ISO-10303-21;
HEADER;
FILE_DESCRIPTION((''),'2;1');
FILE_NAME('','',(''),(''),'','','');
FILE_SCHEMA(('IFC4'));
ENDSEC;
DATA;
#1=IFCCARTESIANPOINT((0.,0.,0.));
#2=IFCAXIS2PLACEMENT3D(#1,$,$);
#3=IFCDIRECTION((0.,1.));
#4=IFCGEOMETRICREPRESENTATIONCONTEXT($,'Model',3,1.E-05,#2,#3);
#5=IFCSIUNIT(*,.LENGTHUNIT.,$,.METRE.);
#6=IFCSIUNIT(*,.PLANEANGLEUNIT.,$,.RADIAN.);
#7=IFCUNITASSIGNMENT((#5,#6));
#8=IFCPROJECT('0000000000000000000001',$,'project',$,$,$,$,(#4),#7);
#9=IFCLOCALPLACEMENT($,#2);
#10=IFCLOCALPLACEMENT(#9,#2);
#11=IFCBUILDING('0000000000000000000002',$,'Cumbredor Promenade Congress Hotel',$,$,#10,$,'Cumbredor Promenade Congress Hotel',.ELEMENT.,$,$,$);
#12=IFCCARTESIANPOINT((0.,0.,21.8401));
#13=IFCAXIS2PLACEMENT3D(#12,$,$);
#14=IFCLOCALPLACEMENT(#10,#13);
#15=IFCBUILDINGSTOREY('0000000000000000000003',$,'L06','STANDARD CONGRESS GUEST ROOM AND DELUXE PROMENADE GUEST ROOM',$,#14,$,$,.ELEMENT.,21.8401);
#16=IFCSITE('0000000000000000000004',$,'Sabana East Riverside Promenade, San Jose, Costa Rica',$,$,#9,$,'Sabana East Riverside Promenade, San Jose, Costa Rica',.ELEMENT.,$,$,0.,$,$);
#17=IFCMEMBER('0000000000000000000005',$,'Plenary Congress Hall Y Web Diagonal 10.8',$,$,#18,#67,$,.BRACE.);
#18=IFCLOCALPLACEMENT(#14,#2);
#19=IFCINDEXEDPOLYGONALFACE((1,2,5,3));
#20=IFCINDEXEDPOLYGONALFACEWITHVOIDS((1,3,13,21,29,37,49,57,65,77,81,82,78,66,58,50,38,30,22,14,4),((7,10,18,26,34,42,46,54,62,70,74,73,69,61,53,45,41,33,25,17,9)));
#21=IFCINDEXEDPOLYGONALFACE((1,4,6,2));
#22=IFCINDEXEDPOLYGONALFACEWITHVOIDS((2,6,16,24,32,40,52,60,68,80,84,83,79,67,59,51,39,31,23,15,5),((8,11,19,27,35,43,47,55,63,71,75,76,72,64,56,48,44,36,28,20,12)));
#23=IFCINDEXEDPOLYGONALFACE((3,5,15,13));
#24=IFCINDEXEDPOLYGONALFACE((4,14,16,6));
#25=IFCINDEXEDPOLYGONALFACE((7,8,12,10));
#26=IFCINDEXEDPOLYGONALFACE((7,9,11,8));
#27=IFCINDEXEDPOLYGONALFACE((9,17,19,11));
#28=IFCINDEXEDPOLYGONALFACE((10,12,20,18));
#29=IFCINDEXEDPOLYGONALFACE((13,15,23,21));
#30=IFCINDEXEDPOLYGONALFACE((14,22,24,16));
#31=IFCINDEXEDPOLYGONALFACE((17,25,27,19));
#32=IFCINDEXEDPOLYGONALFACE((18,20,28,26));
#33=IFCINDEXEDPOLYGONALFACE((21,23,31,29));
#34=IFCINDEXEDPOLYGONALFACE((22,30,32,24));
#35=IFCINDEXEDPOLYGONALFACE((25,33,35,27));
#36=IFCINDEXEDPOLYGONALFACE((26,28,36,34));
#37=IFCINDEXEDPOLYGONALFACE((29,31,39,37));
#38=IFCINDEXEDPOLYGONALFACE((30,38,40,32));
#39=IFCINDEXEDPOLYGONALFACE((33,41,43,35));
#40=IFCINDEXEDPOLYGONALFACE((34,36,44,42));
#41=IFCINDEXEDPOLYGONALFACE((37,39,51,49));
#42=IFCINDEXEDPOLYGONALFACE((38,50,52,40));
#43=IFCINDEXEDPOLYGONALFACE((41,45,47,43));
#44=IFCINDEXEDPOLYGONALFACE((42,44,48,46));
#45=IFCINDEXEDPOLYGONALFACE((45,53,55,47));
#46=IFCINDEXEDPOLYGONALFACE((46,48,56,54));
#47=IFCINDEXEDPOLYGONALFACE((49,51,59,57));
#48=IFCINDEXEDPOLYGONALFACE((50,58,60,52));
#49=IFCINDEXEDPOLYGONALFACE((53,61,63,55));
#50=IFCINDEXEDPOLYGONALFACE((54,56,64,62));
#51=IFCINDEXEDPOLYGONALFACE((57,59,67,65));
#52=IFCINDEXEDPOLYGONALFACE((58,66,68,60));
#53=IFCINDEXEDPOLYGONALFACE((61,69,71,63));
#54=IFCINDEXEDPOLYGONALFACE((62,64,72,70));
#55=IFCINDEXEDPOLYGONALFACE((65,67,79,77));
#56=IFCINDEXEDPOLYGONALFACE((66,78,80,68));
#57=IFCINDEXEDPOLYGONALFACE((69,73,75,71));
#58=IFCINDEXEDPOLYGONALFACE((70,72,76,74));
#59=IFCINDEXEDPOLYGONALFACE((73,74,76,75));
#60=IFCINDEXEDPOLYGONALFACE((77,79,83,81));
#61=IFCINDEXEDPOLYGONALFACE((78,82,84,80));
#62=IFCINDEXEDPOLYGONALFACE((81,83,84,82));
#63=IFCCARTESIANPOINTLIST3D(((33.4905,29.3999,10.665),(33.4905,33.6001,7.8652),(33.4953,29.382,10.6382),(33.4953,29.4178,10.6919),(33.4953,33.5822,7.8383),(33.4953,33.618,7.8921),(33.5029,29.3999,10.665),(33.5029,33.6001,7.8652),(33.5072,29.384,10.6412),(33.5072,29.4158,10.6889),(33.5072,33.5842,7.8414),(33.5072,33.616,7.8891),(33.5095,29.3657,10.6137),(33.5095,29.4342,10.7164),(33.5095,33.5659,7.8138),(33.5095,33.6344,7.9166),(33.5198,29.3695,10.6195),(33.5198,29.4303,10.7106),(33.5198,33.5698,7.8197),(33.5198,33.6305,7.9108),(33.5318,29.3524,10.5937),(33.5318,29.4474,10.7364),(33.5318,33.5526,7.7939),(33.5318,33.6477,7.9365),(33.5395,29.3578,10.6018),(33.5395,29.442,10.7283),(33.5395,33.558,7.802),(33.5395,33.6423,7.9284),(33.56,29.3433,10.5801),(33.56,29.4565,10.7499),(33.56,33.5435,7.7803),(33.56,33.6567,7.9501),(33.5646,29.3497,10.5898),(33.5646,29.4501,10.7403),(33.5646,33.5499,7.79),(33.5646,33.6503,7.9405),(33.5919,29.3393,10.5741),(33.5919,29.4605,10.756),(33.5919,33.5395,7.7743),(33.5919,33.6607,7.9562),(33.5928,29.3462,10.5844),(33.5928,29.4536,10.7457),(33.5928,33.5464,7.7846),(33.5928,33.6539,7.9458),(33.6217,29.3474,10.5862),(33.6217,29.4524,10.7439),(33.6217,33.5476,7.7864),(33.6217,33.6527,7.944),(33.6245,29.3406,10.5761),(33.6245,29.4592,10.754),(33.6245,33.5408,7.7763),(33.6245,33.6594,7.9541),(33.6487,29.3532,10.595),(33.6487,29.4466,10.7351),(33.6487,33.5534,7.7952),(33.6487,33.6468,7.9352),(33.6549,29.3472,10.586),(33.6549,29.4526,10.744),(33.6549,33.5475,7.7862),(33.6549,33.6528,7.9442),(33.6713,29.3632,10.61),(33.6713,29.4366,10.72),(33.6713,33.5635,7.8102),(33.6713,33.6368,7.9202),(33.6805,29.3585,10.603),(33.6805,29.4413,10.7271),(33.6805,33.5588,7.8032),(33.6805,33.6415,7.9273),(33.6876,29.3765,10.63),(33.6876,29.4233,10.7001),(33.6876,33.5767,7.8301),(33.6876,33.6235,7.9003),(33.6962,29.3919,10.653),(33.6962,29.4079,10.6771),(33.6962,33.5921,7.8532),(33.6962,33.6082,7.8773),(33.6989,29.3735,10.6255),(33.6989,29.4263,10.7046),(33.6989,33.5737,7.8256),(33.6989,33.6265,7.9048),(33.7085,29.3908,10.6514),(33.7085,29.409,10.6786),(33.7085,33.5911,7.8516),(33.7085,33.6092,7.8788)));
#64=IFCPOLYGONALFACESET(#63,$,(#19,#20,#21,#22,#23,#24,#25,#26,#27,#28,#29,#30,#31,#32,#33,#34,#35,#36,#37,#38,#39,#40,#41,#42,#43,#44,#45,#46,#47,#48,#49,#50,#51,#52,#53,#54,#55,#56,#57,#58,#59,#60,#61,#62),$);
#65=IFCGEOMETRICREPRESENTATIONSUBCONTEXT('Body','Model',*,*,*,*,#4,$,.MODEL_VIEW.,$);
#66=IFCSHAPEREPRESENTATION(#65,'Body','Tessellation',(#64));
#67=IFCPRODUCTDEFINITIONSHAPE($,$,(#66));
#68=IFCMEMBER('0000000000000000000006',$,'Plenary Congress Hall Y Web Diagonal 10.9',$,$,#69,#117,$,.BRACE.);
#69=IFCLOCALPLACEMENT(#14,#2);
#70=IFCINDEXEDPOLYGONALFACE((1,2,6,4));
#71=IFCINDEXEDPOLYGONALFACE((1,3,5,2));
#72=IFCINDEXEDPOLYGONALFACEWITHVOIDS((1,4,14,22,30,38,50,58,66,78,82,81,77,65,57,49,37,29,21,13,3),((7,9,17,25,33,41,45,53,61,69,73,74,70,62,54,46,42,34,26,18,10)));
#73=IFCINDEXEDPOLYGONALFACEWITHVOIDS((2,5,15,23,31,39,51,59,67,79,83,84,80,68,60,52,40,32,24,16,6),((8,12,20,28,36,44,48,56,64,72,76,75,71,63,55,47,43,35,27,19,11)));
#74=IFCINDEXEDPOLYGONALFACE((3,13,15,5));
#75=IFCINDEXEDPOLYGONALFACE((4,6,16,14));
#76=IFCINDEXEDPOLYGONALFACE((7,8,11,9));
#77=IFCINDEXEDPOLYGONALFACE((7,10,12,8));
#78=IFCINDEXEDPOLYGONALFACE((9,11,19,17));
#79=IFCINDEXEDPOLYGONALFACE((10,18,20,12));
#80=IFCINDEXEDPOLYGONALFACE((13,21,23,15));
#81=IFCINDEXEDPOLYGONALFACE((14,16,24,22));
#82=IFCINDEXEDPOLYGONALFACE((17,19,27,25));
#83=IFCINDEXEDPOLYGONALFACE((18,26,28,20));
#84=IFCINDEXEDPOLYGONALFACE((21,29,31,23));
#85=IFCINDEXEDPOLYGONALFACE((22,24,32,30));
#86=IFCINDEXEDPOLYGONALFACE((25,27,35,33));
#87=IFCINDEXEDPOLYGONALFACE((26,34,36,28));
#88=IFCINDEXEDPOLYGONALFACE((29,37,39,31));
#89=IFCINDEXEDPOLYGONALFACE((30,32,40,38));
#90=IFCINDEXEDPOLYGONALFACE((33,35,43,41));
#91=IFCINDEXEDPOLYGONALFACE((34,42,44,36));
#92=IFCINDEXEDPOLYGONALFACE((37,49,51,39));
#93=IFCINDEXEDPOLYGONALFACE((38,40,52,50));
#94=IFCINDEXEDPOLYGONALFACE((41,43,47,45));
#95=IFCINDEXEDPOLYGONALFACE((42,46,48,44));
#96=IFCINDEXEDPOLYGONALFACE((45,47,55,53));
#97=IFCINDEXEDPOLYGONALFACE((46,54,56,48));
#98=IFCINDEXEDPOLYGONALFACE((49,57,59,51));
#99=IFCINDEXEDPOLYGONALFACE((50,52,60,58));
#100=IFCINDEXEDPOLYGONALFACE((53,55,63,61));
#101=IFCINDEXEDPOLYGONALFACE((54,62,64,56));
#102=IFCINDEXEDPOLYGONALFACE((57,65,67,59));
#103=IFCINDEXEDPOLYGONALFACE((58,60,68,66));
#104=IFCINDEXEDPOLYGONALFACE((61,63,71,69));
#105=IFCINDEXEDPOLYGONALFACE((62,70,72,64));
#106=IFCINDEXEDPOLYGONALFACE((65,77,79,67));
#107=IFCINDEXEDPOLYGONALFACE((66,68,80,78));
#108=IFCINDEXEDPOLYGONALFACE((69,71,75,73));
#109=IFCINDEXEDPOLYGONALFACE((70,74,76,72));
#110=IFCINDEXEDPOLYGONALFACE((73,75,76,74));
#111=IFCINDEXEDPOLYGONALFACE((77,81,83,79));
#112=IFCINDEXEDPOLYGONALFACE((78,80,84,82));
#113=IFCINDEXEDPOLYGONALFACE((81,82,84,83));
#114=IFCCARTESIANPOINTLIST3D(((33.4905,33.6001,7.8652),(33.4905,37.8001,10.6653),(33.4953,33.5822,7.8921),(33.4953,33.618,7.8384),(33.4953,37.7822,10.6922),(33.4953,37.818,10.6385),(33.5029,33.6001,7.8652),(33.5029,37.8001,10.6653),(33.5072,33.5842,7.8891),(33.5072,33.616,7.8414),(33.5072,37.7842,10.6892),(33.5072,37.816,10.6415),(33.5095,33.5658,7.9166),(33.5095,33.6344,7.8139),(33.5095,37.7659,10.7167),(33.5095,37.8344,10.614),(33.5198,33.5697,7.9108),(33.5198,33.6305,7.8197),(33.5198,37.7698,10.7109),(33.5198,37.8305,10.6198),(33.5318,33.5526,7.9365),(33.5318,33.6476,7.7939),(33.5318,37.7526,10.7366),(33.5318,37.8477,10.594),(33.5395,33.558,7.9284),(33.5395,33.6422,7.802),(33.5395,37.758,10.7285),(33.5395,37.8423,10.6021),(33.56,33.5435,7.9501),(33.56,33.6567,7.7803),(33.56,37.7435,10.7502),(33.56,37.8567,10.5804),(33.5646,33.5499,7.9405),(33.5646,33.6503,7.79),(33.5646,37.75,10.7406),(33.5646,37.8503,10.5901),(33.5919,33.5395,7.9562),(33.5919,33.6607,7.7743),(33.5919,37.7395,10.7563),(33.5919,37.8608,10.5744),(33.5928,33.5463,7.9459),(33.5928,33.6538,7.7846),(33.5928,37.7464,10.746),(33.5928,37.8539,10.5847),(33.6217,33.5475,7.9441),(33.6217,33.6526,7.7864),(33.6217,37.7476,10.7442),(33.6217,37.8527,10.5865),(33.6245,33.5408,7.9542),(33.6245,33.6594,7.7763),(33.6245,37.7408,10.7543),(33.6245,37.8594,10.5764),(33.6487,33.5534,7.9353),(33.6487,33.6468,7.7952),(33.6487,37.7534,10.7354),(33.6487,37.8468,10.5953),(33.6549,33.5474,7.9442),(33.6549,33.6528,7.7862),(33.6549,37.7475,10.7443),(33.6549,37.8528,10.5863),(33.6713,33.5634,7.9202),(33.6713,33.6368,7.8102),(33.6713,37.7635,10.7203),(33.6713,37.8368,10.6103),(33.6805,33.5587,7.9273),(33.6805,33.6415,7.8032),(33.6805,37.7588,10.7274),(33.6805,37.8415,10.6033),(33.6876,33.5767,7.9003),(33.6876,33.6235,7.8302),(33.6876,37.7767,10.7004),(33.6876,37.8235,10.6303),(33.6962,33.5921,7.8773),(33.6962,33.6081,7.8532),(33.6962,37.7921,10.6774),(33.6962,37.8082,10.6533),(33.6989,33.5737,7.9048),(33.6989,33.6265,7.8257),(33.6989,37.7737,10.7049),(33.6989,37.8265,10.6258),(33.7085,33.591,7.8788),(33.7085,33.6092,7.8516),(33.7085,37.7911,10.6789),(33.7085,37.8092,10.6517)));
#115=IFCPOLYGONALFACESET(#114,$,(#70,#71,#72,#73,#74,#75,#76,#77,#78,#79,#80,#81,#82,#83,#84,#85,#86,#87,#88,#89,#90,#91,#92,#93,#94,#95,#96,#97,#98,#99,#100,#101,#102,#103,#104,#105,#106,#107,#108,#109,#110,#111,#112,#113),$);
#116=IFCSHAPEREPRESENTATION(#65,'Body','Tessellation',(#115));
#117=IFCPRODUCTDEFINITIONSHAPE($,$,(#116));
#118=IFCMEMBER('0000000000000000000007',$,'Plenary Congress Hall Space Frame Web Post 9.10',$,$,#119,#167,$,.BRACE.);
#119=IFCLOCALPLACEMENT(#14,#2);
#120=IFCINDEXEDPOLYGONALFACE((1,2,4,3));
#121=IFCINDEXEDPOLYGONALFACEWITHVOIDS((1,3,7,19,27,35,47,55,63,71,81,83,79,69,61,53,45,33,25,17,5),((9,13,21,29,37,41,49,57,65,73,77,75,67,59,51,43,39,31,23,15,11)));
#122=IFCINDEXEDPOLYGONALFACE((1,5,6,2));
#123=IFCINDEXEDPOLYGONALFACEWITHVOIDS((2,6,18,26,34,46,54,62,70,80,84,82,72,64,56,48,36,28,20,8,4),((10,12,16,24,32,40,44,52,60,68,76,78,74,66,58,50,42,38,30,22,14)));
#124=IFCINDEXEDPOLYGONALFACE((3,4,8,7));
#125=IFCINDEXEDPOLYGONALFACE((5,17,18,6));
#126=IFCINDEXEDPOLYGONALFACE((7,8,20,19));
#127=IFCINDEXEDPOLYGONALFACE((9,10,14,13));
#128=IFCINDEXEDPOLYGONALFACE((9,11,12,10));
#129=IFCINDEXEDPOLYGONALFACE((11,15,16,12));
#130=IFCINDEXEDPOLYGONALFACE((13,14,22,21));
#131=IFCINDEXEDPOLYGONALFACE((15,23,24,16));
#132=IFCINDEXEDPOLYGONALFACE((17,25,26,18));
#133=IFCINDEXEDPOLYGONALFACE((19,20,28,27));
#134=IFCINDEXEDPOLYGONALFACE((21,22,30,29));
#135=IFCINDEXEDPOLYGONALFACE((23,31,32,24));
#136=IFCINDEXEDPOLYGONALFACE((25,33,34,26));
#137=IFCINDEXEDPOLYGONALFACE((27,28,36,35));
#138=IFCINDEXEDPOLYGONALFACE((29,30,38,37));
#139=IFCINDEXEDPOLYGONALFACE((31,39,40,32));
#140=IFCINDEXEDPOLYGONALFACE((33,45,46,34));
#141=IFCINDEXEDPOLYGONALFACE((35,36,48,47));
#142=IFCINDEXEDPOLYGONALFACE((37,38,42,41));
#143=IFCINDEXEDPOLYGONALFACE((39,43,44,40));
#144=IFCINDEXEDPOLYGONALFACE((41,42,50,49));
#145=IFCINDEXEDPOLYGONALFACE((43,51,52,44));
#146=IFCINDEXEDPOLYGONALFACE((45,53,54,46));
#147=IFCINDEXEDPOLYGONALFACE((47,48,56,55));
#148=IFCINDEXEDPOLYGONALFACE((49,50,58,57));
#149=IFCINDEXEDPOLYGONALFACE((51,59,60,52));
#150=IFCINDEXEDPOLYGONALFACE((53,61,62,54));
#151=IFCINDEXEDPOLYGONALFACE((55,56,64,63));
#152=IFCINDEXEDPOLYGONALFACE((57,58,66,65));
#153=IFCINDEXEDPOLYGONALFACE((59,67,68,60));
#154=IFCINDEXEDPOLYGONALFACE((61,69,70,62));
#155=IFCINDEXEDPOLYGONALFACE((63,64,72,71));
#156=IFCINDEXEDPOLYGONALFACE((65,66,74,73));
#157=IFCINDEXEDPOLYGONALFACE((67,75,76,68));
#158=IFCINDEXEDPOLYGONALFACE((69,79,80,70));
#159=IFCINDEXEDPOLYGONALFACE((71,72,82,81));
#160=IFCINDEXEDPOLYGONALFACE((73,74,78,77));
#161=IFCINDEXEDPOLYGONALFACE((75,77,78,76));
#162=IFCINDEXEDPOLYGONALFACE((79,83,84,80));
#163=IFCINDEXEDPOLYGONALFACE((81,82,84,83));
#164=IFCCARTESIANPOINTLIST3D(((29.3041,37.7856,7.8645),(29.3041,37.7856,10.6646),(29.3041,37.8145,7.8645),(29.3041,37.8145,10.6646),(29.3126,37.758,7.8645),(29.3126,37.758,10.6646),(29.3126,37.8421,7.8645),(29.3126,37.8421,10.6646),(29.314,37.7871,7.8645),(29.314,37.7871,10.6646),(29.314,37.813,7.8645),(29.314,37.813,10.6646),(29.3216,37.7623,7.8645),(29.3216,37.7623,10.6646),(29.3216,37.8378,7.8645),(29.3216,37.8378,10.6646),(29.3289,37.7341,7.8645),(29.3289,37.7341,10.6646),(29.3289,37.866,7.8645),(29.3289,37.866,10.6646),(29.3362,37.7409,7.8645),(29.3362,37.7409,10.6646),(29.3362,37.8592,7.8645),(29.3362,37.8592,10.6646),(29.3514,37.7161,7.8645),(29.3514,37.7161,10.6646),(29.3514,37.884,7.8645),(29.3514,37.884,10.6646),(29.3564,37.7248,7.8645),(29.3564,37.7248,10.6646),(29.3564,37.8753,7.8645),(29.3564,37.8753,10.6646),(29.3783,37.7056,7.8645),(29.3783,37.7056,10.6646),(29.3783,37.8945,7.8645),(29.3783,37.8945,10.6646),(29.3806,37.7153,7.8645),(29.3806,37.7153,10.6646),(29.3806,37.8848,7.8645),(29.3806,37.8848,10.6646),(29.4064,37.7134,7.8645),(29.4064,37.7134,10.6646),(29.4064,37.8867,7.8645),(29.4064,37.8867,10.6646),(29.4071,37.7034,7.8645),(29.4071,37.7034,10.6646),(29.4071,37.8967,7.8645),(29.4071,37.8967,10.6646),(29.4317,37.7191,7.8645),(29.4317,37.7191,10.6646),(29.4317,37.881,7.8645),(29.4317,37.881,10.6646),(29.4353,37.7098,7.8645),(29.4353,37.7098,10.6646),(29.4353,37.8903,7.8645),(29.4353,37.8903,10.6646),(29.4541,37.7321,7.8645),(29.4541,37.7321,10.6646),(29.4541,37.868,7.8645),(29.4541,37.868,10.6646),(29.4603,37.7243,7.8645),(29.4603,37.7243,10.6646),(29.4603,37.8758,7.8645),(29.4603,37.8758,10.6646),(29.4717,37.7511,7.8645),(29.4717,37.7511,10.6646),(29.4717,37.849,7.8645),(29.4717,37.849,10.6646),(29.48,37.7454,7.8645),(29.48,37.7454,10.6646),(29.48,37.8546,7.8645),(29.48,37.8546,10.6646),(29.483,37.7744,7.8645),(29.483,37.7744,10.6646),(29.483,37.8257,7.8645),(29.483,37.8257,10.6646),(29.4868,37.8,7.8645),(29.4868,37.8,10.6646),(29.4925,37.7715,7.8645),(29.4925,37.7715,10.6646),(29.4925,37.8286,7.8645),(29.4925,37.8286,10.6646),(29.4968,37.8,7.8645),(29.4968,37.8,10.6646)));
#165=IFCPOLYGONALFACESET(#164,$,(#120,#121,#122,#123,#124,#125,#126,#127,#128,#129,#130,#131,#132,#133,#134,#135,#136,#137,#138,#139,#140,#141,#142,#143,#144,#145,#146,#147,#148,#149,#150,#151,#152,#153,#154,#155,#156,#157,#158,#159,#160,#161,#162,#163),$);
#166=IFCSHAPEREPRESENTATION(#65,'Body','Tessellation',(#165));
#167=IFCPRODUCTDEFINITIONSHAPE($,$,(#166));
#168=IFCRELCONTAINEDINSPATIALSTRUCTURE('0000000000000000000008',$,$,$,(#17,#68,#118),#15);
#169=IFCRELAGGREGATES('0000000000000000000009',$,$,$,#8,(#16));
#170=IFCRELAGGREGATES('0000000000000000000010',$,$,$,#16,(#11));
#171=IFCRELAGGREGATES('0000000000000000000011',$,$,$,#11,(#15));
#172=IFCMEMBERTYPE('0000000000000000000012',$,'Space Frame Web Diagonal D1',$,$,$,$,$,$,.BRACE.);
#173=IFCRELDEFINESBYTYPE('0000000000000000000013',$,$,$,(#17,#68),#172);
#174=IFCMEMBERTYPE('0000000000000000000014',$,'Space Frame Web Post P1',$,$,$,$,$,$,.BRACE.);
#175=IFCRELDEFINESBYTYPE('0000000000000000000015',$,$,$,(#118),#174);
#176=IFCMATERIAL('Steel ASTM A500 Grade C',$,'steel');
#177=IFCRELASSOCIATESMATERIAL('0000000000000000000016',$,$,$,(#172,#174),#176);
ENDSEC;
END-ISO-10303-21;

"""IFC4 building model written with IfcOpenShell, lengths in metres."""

from ifc_helpers import new_model, si_unit, direction, frame, origin, origin_2d, place, context, subcontext, project, spatial, hollow_circle, extrude, material, material_profile, profile_set, type_object, element, save


model = new_model("IFC4")

# Units and contexts
model_context = context("Model", 3, precision=1e-05, world=origin(), true_north=direction((0.0, 1.0)))
body_context = subcontext(model_context, "Body", "Model", "MODEL_VIEW")
ifc_project = project(units=[si_unit("LENGTHUNIT", "METRE"), si_unit("PLANEANGLEUNIT", "RADIAN")], contexts=[model_context])

# Site, building, storey
site_placement = place(None, origin())
site = spatial("IfcSite", under=ifc_project, at=site_placement, Name="Sabana East Riverside Promenade, San Jose, Costa Rica", LongName="Sabana East Riverside Promenade, San Jose, Costa Rica", CompositionType="ELEMENT", RefElevation=0.0)
building_placement = place(site_placement, origin())
building = spatial("IfcBuilding", under=site, at=building_placement, Name="Cumbredor Promenade Congress Hotel", LongName="Cumbredor Promenade Congress Hotel", CompositionType="ELEMENT")
storey_placement = place(building_placement, frame((0.0, 0.0, 21.8401)))
storey = spatial("IfcBuildingStorey", under=building, at=storey_placement, Name="L06", Description="STANDARD CONGRESS GUEST ROOM AND DELUXE PROMENADE GUEST ROOM", CompositionType="ELEMENT", Elevation=21.8401)

# Members
ifc_material_1 = material(Name="Steel ASTM A500 Grade C", Category="steel")
ifc_material_profile_1 = material_profile(ifc_material_1, hollow_circle(Radius=0.1096, WallThickness=0.0125, at=origin_2d()), Name="CHS 219.1x12.5")
ifc_profile_set_1 = profile_set([ifc_material_profile_1], Name="Steel ASTM A500 Grade C")
member_type_1 = type_object("IfcMemberType", Name="Space Frame Web Diagonal D1", PredefinedType="BRACE", material=ifc_profile_set_1)
for number, where, z_axis, x_axis, name in (
    (1, (33.6001, 29.3999, 10.665), (0.0, 0.83208, -0.554656), (-1.0, 0.0, 0.0), "Plenary Congress Hall Y Web Diagonal 10.8"),
    (2, (33.6001, 33.6001, 7.8652), (0.0, 0.832043, 0.554711), (-1.0, 0.0, 0.0), "Plenary Congress Hall Y Web Diagonal 10.9"),
):
    element("IfcMember", number, at=place(storey_placement, frame(where, z_axis=z_axis, x_axis=x_axis)), inside=storey, type_object=member_type_1, Name=name, PredefinedType="BRACE", context=body_context, shape_type="SweptSolid", body=[
        extrude(hollow_circle(Radius=0.1096, WallThickness=0.0125, at=origin_2d()), origin(), (0.0, 0.0, 1.0), 5.0479),
    ])
ifc_material_profile_2 = material_profile(ifc_material_1, hollow_circle(Radius=0.0969, WallThickness=0.01, at=origin_2d()), Name="CHS 193.7x10")
ifc_profile_set_2 = profile_set([ifc_material_profile_2], Name="Steel ASTM A500 Grade C")
member_type_2 = type_object("IfcMemberType", Name="Space Frame Web Post P1", PredefinedType="BRACE", material=ifc_profile_set_2)
for number, where, z_axis, x_axis, name in (
    (3, (29.3999, 37.8, 7.8645), (0.0, 0.0, 1.0), (1.0, 0.0, 0.0), "Plenary Congress Hall Space Frame Web Post 9.10"),
):
    element("IfcMember", number, at=place(storey_placement, frame(where, z_axis=z_axis, x_axis=x_axis)), inside=storey, type_object=member_type_2, Name=name, PredefinedType="BRACE", context=body_context, shape_type="SweptSolid", body=[
        extrude(hollow_circle(Radius=0.0969, WallThickness=0.01, at=origin_2d()), origin(), (0.0, 0.0, 1.0), 2.8),
    ])

save(model, "model.ifc")
